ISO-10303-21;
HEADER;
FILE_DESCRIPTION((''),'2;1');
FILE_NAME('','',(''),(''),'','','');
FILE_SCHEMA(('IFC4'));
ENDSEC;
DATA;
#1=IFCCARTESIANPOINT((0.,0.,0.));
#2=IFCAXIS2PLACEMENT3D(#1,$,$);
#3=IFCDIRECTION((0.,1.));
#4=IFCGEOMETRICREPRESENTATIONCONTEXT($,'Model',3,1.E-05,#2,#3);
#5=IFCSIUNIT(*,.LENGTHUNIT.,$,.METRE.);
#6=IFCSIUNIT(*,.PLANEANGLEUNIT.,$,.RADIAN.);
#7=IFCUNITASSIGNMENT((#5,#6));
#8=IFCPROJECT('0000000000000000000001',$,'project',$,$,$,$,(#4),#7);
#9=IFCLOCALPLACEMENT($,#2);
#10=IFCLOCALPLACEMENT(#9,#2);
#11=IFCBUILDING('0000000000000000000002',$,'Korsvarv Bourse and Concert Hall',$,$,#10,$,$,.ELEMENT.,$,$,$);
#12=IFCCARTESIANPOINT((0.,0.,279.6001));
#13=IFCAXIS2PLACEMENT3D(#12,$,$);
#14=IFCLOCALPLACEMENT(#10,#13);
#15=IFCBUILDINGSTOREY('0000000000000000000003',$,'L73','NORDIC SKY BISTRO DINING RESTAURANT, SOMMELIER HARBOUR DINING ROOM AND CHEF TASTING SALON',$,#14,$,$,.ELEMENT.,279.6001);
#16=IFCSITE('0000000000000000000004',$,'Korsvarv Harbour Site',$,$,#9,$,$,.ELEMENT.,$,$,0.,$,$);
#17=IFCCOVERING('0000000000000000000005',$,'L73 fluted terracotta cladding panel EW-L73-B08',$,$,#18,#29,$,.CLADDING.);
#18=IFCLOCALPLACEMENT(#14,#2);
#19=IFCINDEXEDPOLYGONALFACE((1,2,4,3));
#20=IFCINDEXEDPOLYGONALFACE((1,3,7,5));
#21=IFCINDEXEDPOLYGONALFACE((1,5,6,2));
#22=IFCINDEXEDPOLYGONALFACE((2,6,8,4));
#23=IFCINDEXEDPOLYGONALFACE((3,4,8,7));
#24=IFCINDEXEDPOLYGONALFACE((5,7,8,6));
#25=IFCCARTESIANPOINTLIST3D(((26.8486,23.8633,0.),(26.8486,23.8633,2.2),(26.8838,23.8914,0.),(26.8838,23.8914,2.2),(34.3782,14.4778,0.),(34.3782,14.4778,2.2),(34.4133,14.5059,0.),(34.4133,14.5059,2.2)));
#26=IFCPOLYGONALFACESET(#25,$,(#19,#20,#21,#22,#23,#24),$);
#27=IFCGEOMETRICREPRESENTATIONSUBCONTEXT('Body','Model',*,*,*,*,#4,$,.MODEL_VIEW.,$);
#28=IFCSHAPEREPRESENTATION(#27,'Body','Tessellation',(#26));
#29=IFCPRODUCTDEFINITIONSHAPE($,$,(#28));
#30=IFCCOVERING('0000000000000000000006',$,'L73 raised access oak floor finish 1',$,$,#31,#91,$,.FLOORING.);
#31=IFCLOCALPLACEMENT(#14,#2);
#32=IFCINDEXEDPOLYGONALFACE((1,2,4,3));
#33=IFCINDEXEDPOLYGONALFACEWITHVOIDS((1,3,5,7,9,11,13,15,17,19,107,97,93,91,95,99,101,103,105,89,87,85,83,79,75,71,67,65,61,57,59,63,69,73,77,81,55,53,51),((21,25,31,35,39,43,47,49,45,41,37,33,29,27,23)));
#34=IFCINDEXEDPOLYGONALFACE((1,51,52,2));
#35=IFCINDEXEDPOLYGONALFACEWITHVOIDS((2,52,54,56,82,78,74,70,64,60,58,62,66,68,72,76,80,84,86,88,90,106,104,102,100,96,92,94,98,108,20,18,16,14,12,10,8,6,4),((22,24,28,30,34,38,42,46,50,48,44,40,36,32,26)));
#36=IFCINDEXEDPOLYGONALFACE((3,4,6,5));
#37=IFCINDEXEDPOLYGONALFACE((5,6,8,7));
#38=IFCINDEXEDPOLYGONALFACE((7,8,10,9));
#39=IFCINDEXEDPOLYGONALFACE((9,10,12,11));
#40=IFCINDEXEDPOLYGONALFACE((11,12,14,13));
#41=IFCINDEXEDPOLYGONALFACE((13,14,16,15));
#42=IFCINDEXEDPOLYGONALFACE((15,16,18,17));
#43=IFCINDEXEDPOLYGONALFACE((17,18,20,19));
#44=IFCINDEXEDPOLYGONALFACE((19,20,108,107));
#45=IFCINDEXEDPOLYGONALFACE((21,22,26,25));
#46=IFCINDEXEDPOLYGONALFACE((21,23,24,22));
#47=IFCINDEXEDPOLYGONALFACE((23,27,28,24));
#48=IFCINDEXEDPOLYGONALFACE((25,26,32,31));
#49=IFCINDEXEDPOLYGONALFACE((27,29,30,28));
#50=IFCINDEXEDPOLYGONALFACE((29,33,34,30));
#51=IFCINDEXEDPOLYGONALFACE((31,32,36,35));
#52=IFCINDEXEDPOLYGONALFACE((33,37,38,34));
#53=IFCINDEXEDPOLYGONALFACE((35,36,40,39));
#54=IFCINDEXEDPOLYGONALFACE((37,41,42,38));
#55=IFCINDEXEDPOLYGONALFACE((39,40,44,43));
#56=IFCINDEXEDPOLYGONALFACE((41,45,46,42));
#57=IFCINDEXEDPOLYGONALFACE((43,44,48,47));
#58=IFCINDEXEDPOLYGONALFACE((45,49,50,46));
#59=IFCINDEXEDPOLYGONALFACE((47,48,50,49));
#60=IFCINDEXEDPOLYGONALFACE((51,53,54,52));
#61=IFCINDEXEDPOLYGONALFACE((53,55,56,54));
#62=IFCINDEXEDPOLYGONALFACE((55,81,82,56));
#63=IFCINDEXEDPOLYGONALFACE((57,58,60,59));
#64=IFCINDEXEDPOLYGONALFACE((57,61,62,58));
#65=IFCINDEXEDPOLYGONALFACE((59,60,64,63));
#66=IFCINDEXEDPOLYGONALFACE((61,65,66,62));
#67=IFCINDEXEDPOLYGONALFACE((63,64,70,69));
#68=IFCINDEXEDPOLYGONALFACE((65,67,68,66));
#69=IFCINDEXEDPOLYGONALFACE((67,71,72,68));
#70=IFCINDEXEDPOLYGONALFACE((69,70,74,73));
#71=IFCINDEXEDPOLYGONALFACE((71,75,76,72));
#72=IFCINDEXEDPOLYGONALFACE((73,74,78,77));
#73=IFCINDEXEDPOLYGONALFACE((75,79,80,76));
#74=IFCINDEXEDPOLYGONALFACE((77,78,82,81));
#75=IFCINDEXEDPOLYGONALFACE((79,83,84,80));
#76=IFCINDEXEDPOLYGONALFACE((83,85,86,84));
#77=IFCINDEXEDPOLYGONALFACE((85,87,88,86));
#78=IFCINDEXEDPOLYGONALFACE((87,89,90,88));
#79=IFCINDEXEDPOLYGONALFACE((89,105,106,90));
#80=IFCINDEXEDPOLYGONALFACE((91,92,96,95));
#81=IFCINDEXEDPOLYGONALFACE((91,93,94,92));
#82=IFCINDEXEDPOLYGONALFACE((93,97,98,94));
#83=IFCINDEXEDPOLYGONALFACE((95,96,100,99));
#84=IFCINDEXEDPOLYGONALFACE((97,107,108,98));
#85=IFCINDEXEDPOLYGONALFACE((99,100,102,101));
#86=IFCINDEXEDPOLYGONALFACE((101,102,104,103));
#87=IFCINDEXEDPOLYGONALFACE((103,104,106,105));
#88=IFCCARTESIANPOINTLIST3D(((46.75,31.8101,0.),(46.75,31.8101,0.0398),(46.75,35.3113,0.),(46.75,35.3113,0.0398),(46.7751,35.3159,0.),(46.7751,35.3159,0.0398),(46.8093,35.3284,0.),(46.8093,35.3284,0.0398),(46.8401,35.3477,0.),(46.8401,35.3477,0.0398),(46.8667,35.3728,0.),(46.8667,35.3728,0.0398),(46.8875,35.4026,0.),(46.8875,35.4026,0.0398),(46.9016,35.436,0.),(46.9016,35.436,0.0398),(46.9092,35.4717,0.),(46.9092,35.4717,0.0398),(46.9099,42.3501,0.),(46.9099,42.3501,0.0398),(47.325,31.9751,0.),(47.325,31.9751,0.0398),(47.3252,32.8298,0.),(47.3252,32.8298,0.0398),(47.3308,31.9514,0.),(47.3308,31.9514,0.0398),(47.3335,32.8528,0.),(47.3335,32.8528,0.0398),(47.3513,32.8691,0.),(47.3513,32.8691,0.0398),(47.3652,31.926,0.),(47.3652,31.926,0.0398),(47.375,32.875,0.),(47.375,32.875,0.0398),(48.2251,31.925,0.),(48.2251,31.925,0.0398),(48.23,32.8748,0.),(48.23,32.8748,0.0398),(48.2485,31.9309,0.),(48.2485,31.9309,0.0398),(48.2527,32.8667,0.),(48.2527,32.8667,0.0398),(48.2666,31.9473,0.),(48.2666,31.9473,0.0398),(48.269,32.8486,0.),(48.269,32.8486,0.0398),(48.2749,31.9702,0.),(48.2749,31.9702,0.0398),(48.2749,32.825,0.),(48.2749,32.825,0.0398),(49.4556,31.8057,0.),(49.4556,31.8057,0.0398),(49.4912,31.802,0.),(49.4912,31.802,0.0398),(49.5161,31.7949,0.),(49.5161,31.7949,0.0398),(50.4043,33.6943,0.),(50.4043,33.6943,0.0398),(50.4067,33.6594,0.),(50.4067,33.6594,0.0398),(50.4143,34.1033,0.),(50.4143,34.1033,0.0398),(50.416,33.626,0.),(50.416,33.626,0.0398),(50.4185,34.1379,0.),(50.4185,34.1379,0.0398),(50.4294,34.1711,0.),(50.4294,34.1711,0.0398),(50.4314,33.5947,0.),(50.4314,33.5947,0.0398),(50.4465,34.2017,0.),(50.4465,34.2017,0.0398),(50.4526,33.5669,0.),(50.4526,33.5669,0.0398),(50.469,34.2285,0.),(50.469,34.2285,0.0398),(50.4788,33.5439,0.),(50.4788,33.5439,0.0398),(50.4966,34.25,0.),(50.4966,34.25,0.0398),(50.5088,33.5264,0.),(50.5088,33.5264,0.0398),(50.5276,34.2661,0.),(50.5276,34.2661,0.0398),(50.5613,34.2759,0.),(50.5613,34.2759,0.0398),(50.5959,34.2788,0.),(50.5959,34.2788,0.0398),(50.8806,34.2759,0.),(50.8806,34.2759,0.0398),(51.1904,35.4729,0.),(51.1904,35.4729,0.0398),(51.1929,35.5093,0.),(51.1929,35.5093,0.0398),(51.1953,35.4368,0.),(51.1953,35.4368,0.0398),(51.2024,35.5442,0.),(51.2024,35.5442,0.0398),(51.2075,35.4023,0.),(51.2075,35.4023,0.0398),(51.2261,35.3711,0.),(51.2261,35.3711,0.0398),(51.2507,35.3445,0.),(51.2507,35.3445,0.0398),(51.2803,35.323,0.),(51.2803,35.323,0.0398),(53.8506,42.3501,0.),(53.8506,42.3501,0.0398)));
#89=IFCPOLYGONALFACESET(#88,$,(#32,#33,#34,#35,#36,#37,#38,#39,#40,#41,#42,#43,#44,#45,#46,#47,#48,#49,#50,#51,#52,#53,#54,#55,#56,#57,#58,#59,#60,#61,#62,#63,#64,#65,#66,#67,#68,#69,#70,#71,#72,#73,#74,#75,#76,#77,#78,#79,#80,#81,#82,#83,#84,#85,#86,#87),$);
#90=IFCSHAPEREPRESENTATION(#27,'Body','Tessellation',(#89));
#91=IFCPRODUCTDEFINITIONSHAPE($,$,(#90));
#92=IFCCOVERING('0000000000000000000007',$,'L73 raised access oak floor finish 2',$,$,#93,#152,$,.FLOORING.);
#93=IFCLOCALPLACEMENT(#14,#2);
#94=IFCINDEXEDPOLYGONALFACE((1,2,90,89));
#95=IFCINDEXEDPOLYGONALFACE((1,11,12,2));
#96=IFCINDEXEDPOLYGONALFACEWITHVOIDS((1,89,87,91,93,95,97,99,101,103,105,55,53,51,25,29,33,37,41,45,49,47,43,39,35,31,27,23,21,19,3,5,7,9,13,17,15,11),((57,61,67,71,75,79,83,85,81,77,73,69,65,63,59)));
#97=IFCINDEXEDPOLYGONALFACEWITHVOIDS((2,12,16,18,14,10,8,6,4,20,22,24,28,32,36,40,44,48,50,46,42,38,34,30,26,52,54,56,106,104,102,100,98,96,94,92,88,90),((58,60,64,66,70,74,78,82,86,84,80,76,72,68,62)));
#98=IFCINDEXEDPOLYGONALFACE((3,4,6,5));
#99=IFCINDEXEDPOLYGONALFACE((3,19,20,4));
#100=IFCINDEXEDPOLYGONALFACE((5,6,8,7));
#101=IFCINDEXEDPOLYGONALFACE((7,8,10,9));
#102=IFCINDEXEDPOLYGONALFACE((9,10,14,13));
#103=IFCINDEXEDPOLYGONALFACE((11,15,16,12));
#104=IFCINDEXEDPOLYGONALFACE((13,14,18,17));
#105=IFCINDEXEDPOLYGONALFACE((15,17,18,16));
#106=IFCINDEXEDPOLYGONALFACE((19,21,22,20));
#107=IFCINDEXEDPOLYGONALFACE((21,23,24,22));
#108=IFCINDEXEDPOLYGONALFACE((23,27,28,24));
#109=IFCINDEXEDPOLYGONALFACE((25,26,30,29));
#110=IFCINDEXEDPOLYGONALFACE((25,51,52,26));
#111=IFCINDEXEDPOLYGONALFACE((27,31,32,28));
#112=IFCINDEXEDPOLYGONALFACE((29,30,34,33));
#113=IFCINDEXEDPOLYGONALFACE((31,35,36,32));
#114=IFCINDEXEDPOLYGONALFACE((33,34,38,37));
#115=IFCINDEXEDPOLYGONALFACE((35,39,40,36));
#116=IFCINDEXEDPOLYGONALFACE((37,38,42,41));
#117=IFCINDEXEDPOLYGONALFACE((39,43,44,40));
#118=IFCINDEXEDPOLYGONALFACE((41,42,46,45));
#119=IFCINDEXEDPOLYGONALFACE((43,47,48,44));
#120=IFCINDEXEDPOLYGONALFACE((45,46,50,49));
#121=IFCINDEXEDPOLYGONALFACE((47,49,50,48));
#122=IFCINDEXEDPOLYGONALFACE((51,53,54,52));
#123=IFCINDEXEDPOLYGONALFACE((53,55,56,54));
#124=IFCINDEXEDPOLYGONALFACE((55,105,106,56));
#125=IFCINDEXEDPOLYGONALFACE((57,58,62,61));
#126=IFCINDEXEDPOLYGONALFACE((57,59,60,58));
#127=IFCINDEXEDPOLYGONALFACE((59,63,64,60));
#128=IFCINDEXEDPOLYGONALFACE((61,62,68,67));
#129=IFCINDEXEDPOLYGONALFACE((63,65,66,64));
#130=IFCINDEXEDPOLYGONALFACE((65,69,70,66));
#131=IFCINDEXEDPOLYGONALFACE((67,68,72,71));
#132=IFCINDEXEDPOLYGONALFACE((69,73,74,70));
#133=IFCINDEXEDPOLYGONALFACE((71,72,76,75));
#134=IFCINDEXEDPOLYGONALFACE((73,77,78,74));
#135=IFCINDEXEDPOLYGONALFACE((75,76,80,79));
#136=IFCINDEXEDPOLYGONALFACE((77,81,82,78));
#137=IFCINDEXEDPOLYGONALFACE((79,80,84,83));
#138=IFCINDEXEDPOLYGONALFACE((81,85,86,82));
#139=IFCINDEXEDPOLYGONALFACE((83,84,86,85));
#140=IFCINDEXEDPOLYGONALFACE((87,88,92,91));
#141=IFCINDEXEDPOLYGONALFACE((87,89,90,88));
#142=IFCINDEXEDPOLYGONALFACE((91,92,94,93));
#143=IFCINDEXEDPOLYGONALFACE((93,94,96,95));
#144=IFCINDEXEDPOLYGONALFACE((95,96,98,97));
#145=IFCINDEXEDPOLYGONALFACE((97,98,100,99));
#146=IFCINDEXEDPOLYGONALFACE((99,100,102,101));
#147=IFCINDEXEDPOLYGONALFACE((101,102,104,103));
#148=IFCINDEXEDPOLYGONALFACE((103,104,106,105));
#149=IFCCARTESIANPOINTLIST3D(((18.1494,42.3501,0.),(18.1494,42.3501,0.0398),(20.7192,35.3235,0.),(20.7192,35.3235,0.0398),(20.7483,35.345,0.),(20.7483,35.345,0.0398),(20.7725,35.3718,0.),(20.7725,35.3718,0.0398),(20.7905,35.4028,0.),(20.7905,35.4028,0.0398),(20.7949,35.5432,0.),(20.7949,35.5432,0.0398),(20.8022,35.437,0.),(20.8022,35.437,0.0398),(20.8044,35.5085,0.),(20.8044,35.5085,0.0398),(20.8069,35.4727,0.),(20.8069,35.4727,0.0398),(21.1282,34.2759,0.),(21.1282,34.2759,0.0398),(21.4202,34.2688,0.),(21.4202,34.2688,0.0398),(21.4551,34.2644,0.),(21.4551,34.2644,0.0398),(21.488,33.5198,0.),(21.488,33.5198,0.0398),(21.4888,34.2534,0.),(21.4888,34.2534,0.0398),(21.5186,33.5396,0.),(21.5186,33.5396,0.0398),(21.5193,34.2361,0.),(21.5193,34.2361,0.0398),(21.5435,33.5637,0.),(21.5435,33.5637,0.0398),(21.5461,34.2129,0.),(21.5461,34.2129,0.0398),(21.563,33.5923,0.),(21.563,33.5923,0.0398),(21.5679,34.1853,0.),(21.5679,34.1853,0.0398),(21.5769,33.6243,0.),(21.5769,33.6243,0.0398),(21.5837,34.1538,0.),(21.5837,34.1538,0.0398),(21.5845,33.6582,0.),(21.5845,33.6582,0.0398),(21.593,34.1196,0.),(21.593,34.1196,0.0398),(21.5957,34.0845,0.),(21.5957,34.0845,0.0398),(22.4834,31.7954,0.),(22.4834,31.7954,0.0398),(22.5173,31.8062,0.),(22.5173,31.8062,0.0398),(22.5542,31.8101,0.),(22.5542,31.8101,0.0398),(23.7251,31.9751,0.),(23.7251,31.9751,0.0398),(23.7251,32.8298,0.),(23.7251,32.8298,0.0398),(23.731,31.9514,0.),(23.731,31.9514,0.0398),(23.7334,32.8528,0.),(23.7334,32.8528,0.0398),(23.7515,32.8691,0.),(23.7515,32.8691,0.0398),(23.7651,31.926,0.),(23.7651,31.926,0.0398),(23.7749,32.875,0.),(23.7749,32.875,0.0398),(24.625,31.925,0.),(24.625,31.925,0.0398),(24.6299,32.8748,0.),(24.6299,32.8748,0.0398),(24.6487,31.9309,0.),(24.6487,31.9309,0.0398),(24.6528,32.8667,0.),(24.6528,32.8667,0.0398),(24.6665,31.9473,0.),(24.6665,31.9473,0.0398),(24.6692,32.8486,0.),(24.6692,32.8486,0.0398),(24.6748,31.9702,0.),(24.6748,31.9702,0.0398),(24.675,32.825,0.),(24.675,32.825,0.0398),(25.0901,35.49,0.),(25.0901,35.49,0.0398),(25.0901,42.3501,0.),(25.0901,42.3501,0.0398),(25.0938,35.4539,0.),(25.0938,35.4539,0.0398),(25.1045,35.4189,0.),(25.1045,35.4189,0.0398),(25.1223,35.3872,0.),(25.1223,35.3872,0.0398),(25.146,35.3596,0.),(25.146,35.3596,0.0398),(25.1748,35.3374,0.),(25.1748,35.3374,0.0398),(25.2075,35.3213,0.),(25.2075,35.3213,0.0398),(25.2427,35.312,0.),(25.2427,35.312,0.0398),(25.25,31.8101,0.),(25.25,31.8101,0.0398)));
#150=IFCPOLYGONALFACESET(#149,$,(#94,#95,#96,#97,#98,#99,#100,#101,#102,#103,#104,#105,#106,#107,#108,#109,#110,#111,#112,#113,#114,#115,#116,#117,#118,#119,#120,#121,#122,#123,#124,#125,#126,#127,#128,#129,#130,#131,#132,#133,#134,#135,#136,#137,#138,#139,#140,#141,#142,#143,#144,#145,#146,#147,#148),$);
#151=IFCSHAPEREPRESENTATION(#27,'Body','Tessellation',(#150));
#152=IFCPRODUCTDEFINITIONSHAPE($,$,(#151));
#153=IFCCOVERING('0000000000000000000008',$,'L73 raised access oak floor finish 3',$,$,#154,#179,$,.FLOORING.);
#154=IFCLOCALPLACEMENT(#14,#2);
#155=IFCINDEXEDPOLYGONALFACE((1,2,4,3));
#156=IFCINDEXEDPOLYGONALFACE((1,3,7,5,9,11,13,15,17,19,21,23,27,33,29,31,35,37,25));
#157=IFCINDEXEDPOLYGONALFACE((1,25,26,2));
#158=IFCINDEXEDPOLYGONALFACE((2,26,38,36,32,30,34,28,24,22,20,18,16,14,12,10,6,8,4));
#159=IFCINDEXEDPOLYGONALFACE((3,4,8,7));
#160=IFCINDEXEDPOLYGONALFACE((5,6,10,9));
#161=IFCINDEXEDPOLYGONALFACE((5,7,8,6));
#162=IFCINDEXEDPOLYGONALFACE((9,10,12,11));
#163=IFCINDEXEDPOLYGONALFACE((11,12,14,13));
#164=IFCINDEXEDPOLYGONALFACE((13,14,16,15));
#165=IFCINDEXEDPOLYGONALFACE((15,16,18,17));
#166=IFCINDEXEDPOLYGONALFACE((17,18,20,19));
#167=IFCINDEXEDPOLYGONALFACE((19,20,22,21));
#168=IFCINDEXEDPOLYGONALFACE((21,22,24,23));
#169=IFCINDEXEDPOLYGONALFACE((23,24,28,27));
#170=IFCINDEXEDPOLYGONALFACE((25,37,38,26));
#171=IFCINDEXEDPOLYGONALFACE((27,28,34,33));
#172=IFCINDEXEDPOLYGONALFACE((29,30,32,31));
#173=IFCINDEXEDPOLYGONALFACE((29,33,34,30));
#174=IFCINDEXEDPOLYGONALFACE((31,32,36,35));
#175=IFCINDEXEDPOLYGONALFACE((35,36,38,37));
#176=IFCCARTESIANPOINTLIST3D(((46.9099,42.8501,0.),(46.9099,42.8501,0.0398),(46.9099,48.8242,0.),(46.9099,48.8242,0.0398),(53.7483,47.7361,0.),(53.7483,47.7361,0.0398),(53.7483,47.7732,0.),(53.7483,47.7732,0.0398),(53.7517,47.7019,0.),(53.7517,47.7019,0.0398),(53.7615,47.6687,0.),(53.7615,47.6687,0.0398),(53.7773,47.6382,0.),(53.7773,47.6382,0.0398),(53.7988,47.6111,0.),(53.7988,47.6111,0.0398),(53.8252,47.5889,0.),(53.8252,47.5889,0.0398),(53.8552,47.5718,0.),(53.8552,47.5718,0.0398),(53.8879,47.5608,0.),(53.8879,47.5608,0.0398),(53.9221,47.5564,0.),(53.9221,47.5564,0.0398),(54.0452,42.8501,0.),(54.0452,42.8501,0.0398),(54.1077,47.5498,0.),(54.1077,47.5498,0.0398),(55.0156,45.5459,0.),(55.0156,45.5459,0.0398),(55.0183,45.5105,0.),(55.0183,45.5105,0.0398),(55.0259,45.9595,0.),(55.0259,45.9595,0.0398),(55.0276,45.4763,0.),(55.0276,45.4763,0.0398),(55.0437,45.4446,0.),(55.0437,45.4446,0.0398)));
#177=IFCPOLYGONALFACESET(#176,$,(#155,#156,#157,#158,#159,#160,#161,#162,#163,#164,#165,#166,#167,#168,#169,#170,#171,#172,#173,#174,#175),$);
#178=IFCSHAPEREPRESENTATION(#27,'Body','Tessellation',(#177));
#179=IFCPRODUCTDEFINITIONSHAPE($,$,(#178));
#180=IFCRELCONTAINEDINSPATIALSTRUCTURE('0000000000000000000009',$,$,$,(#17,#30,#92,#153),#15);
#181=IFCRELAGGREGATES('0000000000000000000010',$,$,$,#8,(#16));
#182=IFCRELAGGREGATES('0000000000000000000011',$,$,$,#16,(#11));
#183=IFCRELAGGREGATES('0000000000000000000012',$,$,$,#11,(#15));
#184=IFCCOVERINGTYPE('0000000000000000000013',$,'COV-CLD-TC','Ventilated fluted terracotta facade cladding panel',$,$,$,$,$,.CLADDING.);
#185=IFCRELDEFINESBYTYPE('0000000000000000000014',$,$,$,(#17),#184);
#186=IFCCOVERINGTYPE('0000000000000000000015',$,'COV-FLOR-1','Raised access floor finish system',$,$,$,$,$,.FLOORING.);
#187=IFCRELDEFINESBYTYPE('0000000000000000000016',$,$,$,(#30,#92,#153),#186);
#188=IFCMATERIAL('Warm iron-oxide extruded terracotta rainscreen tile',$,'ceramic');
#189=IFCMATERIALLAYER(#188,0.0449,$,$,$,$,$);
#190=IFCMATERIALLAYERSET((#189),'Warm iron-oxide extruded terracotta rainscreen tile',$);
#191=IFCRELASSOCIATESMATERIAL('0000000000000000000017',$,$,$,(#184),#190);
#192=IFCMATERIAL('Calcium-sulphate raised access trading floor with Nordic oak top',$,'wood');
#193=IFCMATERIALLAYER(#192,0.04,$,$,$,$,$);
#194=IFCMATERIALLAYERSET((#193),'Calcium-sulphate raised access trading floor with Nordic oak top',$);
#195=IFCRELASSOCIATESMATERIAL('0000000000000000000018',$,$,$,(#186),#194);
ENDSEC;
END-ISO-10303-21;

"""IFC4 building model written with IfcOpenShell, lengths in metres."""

from ifc_helpers import new_model, si_unit, direction, frame, origin, place, context, subcontext, project, spatial, polyline, outline, extrude, material, layer, layer_set, type_object, element, save


model = new_model("IFC4")

# Units and contexts
model_context = context("Model", 3, precision=1e-05, world=origin(), true_north=direction((0.0, 1.0)))
body_context = subcontext(model_context, "Body", "Model", "MODEL_VIEW")
ifc_project = project(units=[si_unit("LENGTHUNIT", "METRE"), si_unit("PLANEANGLEUNIT", "RADIAN")], contexts=[model_context])

# Site, building, storey
site_placement = place(None, origin())
site = spatial("IfcSite", under=ifc_project, at=site_placement, Name="Korsvarv Harbour Site", CompositionType="ELEMENT", RefElevation=0.0)
building_placement = place(site_placement, origin())
building = spatial("IfcBuilding", under=site, at=building_placement, Name="Korsvarv Bourse and Concert Hall", CompositionType="ELEMENT")
storey_placement = place(building_placement, frame((0.0, 0.0, 279.6001)))
storey = spatial("IfcBuildingStorey", under=building, at=storey_placement, Name="L73", Description="NORDIC SKY BISTRO DINING RESTAURANT, SOMMELIER HARBOUR DINING ROOM AND CHEF TASTING SALON", CompositionType="ELEMENT", Elevation=279.6001)

# Coverings
ifc_material_1 = material(Name="Warm iron-oxide extruded terracotta rainscreen tile", Category="ceramic")
ifc_layer_1 = layer(ifc_material_1, 0.0449)
ifc_layer_set_1 = layer_set([ifc_layer_1], Name="Warm iron-oxide extruded terracotta rainscreen tile")
covering_type_1 = type_object("IfcCoveringType", Name="COV-CLD-TC", Description="Ventilated fluted terracotta facade cladding panel", PredefinedType="CLADDING", material=ifc_layer_set_1)
covering_1_placement = place(storey_placement, origin())
element("IfcCovering", 1, at=covering_1_placement, inside=storey, type_object=covering_type_1, Name="L73 fluted terracotta cladding panel EW-L73-B08", PredefinedType="CLADDING", context=body_context, shape_type="SweptSolid", body=[
    extrude(outline(polyline([(26.8838, 23.8914), (34.4133, 14.5059), (34.3782, 14.4778), (26.8486, 23.8633), (26.8838, 23.8914)])), origin(), (0.0, 0.0, 1.0), 2.2),
])
ifc_material_2 = material(Name="Calcium-sulphate raised access trading floor with Nordic oak top", Category="wood")
ifc_layer_2 = layer(ifc_material_2, 0.04)
ifc_layer_set_2 = layer_set([ifc_layer_2], Name="Calcium-sulphate raised access trading floor with Nordic oak top")
covering_type_2 = type_object("IfcCoveringType", Name="COV-FLOR-1", Description="Raised access floor finish system", PredefinedType="FLOORING", material=ifc_layer_set_2)
covering_2_placement = place(storey_placement, origin())
element("IfcCovering", 2, at=covering_2_placement, inside=storey, type_object=covering_type_2, Name="L73 raised access oak floor finish 1", PredefinedType="FLOORING", context=body_context, shape_type="SweptSolid", body=[
    extrude(outline(polyline([(46.75, 35.3113), (46.7751, 35.3159), (46.8093, 35.3284), (46.8401, 35.3477), (46.8667, 35.3728), (46.8875, 35.4026), (46.9016, 35.436), (46.9092, 35.4717), (46.9099, 42.3501), (53.8506, 42.3501), (51.2024, 35.5442), (51.1929, 35.5093), (51.1904, 35.4729), (51.1953, 35.4368), (51.2075, 35.4023), (51.2261, 35.3711), (51.2507, 35.3445), (51.2803, 35.323), (50.8806, 34.2759), (50.5959, 34.2788), (50.5613, 34.2759), (50.5276, 34.2661), (50.4966, 34.25), (50.469, 34.2285), (50.4465, 34.2017), (50.4294, 34.1711), (50.4185, 34.1379), (50.4143, 34.1033), (50.4043, 33.6943), (50.4067, 33.6594), (50.416, 33.626), (50.4314, 33.5947), (50.4526, 33.5669), (50.4788, 33.5439), (50.5088, 33.5264), (49.5161, 31.7949), (49.4912, 31.802), (49.4556, 31.8057), (46.75, 31.8101), (46.75, 35.3113)]), holes=[polyline([(47.3652, 31.926), (48.2251, 31.925), (48.2485, 31.9309), (48.2666, 31.9473), (48.2749, 31.9702), (48.2749, 32.825), (48.269, 32.8486), (48.2527, 32.8667), (48.23, 32.8748), (47.375, 32.875), (47.3513, 32.8691), (47.3335, 32.8528), (47.3252, 32.8298), (47.325, 31.9751), (47.3308, 31.9514), (47.3652, 31.926)])]), origin(), (0.0, 0.0, 1.0), 0.0398),
])
covering_3_placement = place(storey_placement, origin())
element("IfcCovering", 3, at=covering_3_placement, inside=storey, type_object=covering_type_2, Name="L73 raised access oak floor finish 2", PredefinedType="FLOORING", context=body_context, shape_type="SweptSolid", body=[
    extrude(outline(polyline([(20.7192, 35.3235), (20.7483, 35.345), (20.7725, 35.3718), (20.7905, 35.4028), (20.8022, 35.437), (20.8069, 35.4727), (20.8044, 35.5085), (20.7949, 35.5432), (18.1494, 42.3501), (25.0901, 42.3501), (25.0901, 35.49), (25.0938, 35.4539), (25.1045, 35.4189), (25.1223, 35.3872), (25.146, 35.3596), (25.1748, 35.3374), (25.2075, 35.3213), (25.2427, 35.312), (25.25, 31.8101), (22.5542, 31.8101), (22.5173, 31.8062), (22.4834, 31.7954), (21.488, 33.5198), (21.5186, 33.5396), (21.5435, 33.5637), (21.563, 33.5923), (21.5769, 33.6243), (21.5845, 33.6582), (21.5957, 34.0845), (21.593, 34.1196), (21.5837, 34.1538), (21.5679, 34.1853), (21.5461, 34.2129), (21.5193, 34.2361), (21.4888, 34.2534), (21.4551, 34.2644), (21.4202, 34.2688), (21.1282, 34.2759), (20.7192, 35.3235)]), holes=[polyline([(23.7651, 31.926), (24.625, 31.925), (24.6487, 31.9309), (24.6665, 31.9473), (24.6748, 31.9702), (24.675, 32.825), (24.6692, 32.8486), (24.6528, 32.8667), (24.6299, 32.8748), (23.7749, 32.875), (23.7515, 32.8691), (23.7334, 32.8528), (23.7251, 32.8298), (23.7251, 31.9751), (23.731, 31.9514), (23.7651, 31.926)])]), origin(), (0.0, 0.0, 1.0), 0.0398),
])
covering_4_placement = place(storey_placement, origin())
element("IfcCovering", 4, at=covering_4_placement, inside=storey, type_object=covering_type_2, Name="L73 raised access oak floor finish 3", PredefinedType="FLOORING", context=body_context, shape_type="SweptSolid", body=[
    extrude(outline(polyline([(53.7483, 47.7361), (53.7517, 47.7019), (53.7615, 47.6687), (53.7773, 47.6382), (53.7988, 47.6111), (53.8252, 47.5889), (53.8552, 47.5718), (53.8879, 47.5608), (53.9221, 47.5564), (54.1077, 47.5498), (55.0259, 45.9595), (55.0156, 45.5459), (55.0183, 45.5105), (55.0276, 45.4763), (55.0437, 45.4446), (54.0452, 42.8501), (46.9099, 42.8501), (46.9099, 48.8242), (53.7483, 47.7732), (53.7483, 47.7361)])), origin(), (0.0, 0.0, 1.0), 0.0398),
])

save(model, "model.ifc")
